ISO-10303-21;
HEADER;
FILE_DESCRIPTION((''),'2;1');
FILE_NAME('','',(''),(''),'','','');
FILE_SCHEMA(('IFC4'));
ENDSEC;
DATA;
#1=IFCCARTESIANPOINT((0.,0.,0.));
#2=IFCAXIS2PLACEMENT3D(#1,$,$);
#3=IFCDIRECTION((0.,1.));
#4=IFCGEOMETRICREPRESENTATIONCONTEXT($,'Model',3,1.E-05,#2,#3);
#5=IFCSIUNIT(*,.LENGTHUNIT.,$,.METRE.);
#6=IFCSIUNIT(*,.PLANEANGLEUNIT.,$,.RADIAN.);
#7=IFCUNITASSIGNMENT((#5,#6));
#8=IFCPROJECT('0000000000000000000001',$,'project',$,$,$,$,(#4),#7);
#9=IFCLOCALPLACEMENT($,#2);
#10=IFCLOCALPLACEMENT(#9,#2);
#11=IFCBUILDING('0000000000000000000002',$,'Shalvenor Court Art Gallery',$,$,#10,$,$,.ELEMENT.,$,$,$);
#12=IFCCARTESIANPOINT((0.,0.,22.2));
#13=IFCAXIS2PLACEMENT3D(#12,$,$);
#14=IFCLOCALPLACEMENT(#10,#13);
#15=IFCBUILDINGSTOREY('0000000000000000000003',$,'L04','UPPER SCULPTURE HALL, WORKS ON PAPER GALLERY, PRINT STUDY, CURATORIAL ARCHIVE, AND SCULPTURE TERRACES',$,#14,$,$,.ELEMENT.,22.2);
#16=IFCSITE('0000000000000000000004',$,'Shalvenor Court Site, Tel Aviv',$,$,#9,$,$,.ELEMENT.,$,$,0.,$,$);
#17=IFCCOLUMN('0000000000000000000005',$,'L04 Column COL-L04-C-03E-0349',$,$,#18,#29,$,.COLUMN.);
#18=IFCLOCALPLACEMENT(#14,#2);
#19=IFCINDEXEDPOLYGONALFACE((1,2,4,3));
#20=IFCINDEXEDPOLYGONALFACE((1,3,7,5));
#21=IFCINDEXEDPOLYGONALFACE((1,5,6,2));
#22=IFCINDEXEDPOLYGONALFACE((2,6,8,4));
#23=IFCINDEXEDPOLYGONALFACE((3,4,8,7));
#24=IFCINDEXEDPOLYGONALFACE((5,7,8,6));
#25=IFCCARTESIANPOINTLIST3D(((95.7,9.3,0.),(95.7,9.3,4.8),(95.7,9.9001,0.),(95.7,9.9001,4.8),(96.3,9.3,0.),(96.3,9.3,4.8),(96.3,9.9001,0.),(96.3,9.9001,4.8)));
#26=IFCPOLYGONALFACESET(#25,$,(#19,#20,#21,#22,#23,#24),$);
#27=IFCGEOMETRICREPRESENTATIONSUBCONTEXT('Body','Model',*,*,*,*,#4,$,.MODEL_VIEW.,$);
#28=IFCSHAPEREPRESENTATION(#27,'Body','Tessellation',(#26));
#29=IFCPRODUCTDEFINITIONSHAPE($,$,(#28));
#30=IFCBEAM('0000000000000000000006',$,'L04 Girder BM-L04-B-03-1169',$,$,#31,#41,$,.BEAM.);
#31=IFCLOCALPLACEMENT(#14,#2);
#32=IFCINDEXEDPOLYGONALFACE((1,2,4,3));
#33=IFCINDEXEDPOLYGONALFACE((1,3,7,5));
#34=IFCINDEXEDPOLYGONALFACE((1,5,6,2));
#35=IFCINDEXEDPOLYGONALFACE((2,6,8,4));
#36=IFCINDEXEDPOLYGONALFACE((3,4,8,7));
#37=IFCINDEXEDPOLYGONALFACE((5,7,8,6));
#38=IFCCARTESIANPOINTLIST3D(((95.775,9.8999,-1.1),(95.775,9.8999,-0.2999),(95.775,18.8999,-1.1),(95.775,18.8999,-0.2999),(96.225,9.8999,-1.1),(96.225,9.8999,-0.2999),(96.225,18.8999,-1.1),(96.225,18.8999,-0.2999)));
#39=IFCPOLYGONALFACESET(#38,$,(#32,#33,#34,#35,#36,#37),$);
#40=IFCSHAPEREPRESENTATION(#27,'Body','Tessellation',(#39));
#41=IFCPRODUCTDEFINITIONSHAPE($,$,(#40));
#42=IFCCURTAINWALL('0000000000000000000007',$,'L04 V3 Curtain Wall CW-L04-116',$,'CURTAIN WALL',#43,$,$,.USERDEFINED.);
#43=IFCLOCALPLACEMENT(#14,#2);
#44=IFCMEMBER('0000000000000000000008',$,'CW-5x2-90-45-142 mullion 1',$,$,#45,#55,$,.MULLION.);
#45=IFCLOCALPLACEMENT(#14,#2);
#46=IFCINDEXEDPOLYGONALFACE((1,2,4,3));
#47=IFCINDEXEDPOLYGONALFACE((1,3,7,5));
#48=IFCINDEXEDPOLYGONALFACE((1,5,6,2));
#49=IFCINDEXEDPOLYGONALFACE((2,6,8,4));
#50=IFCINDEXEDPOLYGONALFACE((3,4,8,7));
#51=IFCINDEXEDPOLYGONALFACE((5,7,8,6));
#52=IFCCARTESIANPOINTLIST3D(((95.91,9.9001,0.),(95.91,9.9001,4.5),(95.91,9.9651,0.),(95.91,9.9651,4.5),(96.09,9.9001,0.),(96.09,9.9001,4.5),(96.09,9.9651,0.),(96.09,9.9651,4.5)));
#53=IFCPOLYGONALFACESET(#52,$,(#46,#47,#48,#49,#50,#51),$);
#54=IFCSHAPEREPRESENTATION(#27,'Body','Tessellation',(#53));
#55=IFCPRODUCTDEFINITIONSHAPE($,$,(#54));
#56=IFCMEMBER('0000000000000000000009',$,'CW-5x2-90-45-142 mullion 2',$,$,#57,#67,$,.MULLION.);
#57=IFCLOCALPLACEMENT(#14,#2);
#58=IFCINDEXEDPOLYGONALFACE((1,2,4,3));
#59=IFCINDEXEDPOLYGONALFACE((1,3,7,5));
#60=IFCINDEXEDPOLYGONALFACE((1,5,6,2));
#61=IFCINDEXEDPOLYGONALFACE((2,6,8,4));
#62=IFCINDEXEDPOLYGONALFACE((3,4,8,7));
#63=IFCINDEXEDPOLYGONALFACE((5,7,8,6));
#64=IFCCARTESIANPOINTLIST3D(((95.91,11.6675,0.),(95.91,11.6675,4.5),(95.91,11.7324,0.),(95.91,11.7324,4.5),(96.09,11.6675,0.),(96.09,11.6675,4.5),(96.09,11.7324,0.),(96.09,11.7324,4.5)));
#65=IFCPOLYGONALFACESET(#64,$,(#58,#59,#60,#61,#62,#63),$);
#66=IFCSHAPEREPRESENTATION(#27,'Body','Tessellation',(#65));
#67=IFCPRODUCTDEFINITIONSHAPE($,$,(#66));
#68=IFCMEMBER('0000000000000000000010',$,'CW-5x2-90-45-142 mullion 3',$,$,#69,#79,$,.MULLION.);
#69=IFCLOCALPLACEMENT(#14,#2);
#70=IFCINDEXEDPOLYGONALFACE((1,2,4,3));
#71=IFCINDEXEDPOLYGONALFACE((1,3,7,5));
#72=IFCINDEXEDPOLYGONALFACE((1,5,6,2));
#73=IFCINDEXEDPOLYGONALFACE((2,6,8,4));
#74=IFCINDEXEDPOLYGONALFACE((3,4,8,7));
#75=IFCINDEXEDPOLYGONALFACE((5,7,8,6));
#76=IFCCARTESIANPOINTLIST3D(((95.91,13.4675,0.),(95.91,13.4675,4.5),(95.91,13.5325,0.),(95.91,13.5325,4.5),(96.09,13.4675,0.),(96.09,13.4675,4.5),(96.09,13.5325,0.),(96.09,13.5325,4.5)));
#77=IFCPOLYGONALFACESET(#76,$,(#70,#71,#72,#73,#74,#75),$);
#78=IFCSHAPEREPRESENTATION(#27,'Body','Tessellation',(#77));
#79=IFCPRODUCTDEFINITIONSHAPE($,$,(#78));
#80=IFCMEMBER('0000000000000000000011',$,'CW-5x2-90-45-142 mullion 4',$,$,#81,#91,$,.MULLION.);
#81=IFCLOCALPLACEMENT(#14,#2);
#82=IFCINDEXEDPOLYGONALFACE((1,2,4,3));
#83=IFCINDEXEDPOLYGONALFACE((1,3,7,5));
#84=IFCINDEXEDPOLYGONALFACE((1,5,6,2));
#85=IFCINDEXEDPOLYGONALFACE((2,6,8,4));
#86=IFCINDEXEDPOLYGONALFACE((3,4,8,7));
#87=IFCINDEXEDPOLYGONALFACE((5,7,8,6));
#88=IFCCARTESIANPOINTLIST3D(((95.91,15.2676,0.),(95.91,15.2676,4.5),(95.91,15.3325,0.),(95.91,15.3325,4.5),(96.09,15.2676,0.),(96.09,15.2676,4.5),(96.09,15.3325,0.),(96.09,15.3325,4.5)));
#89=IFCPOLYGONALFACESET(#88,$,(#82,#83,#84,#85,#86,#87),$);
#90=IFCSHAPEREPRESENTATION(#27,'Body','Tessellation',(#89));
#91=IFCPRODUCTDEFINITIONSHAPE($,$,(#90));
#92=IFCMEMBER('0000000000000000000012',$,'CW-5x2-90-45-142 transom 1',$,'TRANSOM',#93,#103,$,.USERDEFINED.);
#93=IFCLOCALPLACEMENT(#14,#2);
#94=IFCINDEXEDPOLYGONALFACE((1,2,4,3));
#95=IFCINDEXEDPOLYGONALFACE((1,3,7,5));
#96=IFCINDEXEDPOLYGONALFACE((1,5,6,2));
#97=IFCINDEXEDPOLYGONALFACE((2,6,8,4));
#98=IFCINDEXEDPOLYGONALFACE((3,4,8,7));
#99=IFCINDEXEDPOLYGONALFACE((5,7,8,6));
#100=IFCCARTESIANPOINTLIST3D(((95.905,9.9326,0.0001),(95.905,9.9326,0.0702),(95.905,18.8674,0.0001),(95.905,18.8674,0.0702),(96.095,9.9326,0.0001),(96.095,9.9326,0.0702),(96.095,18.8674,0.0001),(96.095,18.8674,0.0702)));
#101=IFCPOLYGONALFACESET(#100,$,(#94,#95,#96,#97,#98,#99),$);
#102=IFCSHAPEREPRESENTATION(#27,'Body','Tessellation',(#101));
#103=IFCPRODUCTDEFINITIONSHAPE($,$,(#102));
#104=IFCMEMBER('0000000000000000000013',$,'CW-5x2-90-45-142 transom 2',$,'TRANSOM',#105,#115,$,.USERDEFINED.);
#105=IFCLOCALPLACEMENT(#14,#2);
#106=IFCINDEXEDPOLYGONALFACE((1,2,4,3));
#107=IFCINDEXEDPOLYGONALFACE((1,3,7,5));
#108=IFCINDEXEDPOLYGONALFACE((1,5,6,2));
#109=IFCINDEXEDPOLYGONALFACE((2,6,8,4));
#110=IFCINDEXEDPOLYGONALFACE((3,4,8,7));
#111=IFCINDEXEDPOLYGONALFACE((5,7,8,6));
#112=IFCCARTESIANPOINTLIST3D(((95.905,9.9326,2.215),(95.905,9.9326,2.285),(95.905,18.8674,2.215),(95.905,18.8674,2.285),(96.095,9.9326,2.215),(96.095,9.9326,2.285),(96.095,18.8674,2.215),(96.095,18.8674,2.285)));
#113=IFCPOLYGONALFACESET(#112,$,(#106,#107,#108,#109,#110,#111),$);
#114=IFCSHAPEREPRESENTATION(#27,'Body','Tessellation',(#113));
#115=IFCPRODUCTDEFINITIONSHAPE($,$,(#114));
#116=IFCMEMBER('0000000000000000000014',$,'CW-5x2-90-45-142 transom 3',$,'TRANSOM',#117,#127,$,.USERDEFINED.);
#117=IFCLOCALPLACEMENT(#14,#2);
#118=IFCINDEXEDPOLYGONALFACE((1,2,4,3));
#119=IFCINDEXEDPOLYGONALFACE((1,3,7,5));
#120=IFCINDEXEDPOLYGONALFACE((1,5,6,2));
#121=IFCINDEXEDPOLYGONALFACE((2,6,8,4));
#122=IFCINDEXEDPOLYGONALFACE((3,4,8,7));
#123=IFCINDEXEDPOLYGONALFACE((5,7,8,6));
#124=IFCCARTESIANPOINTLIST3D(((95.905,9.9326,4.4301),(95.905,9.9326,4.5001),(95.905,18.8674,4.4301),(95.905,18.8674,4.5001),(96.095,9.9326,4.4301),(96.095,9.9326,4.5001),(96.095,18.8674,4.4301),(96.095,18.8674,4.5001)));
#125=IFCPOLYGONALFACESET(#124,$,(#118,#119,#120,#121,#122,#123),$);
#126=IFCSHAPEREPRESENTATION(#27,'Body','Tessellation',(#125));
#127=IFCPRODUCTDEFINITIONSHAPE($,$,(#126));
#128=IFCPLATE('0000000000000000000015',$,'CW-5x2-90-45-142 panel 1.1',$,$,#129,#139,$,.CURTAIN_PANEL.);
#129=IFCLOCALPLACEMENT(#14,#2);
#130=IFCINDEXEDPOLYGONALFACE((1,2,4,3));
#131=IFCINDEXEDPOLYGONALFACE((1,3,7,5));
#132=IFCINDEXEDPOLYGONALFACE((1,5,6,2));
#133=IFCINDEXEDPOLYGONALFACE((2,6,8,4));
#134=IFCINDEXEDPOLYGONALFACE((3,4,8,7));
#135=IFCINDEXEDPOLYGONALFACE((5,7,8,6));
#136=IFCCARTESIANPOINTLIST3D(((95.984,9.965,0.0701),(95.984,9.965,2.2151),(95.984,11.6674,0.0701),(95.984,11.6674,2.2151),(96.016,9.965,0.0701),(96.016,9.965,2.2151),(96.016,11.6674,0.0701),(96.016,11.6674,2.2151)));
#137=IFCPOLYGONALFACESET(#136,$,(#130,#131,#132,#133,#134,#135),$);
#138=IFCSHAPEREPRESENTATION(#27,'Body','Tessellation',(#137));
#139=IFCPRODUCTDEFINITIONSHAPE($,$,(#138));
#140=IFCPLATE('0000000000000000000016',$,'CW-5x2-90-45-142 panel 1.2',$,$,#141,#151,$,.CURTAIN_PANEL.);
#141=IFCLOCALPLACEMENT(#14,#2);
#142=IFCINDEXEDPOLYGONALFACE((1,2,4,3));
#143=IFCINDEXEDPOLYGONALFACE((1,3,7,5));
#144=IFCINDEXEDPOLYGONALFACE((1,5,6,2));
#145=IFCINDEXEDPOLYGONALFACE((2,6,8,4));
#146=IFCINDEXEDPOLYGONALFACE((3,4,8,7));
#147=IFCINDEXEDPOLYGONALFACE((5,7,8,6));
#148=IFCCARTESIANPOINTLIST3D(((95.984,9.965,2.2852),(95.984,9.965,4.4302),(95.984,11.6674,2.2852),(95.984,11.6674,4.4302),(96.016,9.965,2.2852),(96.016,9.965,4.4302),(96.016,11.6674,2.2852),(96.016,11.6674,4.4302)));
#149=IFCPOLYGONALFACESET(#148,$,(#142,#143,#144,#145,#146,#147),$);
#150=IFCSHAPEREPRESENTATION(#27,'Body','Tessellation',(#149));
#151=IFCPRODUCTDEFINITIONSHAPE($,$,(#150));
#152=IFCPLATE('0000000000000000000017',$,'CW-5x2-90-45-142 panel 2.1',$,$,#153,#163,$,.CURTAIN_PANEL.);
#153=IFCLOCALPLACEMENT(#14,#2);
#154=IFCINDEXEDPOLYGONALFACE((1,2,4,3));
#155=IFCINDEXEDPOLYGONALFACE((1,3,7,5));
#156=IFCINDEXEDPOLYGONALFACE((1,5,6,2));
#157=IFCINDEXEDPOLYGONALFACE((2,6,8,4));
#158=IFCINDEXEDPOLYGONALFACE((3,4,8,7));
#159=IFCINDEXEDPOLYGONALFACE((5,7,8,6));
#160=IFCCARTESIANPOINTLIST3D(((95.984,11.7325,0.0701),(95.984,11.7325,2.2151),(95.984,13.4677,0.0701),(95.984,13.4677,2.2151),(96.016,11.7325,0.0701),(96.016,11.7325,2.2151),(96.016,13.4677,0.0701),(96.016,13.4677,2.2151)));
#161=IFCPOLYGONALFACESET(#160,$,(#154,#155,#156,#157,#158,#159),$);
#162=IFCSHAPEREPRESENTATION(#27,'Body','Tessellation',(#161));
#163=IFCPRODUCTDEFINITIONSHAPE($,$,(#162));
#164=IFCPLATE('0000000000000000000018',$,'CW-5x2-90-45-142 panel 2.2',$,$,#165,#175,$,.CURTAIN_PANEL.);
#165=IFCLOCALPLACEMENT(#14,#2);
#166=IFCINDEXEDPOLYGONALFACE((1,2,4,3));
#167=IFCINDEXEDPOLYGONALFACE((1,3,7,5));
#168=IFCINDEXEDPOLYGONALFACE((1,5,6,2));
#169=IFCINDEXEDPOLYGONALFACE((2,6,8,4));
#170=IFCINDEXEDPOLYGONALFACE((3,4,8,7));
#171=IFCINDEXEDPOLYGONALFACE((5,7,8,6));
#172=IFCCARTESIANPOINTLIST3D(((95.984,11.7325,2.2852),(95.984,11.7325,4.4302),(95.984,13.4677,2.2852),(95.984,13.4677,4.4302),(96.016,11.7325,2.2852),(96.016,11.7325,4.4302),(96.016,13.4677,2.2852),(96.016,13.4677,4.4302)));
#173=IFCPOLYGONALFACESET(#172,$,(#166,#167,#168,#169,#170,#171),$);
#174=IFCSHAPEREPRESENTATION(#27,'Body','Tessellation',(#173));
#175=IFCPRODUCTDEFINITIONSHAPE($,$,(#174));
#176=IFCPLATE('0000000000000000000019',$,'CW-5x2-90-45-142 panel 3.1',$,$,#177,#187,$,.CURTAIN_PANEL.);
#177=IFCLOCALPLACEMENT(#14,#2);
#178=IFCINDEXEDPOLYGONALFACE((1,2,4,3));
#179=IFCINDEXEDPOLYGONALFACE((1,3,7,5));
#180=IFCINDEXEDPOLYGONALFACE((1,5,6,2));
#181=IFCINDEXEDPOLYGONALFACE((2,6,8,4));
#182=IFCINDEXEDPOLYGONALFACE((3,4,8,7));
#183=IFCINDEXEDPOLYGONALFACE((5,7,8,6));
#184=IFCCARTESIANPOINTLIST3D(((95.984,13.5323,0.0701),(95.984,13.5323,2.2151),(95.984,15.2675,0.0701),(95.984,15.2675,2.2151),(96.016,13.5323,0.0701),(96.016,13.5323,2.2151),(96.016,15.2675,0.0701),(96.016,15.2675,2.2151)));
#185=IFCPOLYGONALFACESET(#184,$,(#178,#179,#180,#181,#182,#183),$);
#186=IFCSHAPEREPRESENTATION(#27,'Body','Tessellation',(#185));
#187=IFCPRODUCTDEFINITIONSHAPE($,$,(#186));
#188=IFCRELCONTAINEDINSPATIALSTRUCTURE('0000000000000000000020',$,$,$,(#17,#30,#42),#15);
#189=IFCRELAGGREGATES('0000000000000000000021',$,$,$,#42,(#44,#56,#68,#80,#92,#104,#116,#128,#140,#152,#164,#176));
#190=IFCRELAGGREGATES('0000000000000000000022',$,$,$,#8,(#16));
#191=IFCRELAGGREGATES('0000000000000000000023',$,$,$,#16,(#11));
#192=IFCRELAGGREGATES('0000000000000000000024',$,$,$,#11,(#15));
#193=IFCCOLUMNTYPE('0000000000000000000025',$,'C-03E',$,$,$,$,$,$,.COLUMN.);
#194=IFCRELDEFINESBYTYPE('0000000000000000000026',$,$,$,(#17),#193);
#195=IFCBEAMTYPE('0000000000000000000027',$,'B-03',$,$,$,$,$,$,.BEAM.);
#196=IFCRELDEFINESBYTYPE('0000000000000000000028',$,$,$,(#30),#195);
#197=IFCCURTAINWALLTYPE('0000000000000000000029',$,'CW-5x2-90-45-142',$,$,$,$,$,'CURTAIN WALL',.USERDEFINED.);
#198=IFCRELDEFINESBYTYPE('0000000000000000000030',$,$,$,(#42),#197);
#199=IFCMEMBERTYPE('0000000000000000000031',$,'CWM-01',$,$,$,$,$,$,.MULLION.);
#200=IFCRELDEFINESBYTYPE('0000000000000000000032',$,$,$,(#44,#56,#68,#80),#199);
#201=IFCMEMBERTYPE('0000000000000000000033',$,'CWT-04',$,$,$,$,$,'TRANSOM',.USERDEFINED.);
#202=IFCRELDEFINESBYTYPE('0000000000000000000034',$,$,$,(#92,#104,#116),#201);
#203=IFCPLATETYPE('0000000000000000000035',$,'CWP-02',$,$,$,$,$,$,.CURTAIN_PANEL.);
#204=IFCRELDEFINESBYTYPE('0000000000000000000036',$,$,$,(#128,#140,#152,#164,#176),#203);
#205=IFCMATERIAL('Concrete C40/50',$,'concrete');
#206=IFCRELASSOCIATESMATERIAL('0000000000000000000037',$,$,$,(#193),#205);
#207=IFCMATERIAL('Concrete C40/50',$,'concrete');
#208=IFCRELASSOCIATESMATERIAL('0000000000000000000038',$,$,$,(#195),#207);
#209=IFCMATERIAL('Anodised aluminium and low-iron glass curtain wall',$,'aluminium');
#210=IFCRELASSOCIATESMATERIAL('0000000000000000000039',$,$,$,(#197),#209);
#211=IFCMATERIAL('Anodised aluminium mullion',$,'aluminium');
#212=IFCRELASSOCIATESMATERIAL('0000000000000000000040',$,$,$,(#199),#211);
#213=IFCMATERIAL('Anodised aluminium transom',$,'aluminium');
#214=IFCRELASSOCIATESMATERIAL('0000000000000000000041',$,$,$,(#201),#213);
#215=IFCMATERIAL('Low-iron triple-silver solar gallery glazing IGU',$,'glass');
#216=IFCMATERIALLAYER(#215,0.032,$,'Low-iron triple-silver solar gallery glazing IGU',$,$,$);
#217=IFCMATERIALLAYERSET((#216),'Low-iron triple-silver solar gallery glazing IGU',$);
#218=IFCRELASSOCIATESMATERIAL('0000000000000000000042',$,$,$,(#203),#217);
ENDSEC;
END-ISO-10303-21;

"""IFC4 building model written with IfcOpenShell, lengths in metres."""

from ifc_helpers import new_model, si_unit, direction, frame, origin, origin_2d, place, context, subcontext, project, spatial, rectangle, extrude, material, layer, layer_set, material_profile, profile_set, type_object, element, aggregate, save


model = new_model("IFC4")

# Units and contexts
model_context = context("Model", 3, precision=1e-05, world=origin(), true_north=direction((0.0, 1.0)))
body_context = subcontext(model_context, "Body", "Model", "MODEL_VIEW")
ifc_project = project(units=[si_unit("LENGTHUNIT", "METRE"), si_unit("PLANEANGLEUNIT", "RADIAN")], contexts=[model_context])

# Site, building, storey
site_placement = place(None, origin())
site = spatial("IfcSite", under=ifc_project, at=site_placement, Name="Shalvenor Court Site, Tel Aviv", CompositionType="ELEMENT", RefElevation=0.0)
building_placement = place(site_placement, origin())
building = spatial("IfcBuilding", under=site, at=building_placement, Name="Shalvenor Court Art Gallery", CompositionType="ELEMENT")
storey_placement = place(building_placement, frame((0.0, 0.0, 22.2)))
storey = spatial("IfcBuildingStorey", under=building, at=storey_placement, Name="L04", Description="UPPER SCULPTURE HALL, WORKS ON PAPER GALLERY, PRINT STUDY, CURATORIAL ARCHIVE, AND SCULPTURE TERRACES", CompositionType="ELEMENT", Elevation=22.2)

# Column
ifc_material_1 = material(Name="Concrete C40/50", Category="concrete")
ifc_material_profile_1 = material_profile(ifc_material_1, rectangle(XDim=0.6001, YDim=0.6001, at=origin_2d()), Name="RC 600x600")
ifc_profile_set_1 = profile_set([ifc_material_profile_1], Name="Concrete C40/50")
column_type = type_object("IfcColumnType", Name="C-03E", PredefinedType="COLUMN", material=ifc_profile_set_1)
column_placement = place(storey_placement, frame((96.0, 9.6001, 0.0), z_axis=(0.0, 0.0, 1.0), x_axis=(1.0, 0.0, 0.0)))
element("IfcColumn", 1, at=column_placement, inside=storey, type_object=column_type, Name="L04 Column COL-L04-C-03E-0349", PredefinedType="COLUMN", context=body_context, shape_type="SweptSolid", body=[
    extrude(rectangle(XDim=0.6001, YDim=0.6001, at=origin_2d()), origin(), (0.0, 0.0, 1.0), 4.8),
])

# Beam
ifc_material_2 = material(Name="Concrete C40/50", Category="concrete")
ifc_material_profile_2 = material_profile(ifc_material_2, rectangle(XDim=0.45, YDim=0.8, at=origin_2d()), Name="RC 450x800")
ifc_profile_set_2 = profile_set([ifc_material_profile_2], Name="Concrete C40/50")
beam_type = type_object("IfcBeamType", Name="B-03", PredefinedType="BEAM", material=ifc_profile_set_2)
beam_placement = place(storey_placement, frame((96.0, 9.8999, -0.7), z_axis=(0.0, 1.0, 0.0), x_axis=(-1.0, 0.0, 0.0)))
element("IfcBeam", 2, at=beam_placement, inside=storey, type_object=beam_type, Name="L04 Girder BM-L04-B-03-1169", PredefinedType="BEAM", context=body_context, shape_type="SweptSolid", body=[
    extrude(rectangle(XDim=0.45, YDim=0.8, at=origin_2d()), origin(), (0.0, 0.0, 1.0), 9.0),
])

# Curtain wall, members, plates
ifc_material_3 = material(Name="Anodised aluminium and low-iron glass curtain wall", Category="aluminium")
curtain_wall_type = type_object("IfcCurtainWallType", Name="CW-5x2-90-45-142", ElementType="CURTAIN WALL", PredefinedType="USERDEFINED", material=ifc_material_3)
curtain_wall_placement = place(storey_placement, origin())
curtain_wall = element("IfcCurtainWall", 3, at=curtain_wall_placement, inside=storey, type_object=curtain_wall_type, Name="L04 V3 Curtain Wall CW-L04-116", ObjectType="CURTAIN WALL", PredefinedType="USERDEFINED")
ifc_material_4 = material(Name="Anodised aluminium mullion", Category="aluminium")
ifc_material_profile_3 = material_profile(ifc_material_4, rectangle(XDim=0.0649, YDim=0.1799, at=origin_2d()), Name="CWM-01")
ifc_profile_set_3 = profile_set([ifc_material_profile_3], Name="Anodised aluminium mullion")
member_type_1 = type_object("IfcMemberType", Name="CWM-01", PredefinedType="MULLION", material=ifc_profile_set_3)
member_1_placement = place(storey_placement, frame((96.0, 9.9326, 0.0), z_axis=(0.0, 0.0, 1.0), x_axis=(0.0, 1.0, 0.0)))
member_1 = element("IfcMember", 4, at=member_1_placement, type_object=member_type_1, Name="CW-5x2-90-45-142 mullion 1", PredefinedType="MULLION", context=body_context, shape_type="SweptSolid", body=[
    extrude(rectangle(XDim=0.0649, YDim=0.1799, at=origin_2d()), origin(), (0.0, 0.0, 1.0), 4.5),
])
member_2_placement = place(storey_placement, frame((96.0, 11.7, 0.0), z_axis=(0.0, 0.0, 1.0), x_axis=(0.0, 1.0, 0.0)))
member_2 = element("IfcMember", 5, at=member_2_placement, type_object=member_type_1, Name="CW-5x2-90-45-142 mullion 2", PredefinedType="MULLION", context=body_context, shape_type="SweptSolid", body=[
    extrude(rectangle(XDim=0.0649, YDim=0.1799, at=origin_2d()), origin(), (0.0, 0.0, 1.0), 4.5),
])
member_3_placement = place(storey_placement, frame((96.0, 13.5, 0.0), z_axis=(0.0, 0.0, 1.0), x_axis=(0.0, 1.0, 0.0)))
member_3 = element("IfcMember", 6, at=member_3_placement, type_object=member_type_1, Name="CW-5x2-90-45-142 mullion 3", PredefinedType="MULLION", context=body_context, shape_type="SweptSolid", body=[
    extrude(rectangle(XDim=0.0649, YDim=0.1799, at=origin_2d()), origin(), (0.0, 0.0, 1.0), 4.5),
])
member_4_placement = place(storey_placement, frame((96.0, 15.3, 0.0), z_axis=(0.0, 0.0, 1.0), x_axis=(0.0, 1.0, 0.0)))
member_4 = element("IfcMember", 7, at=member_4_placement, type_object=member_type_1, Name="CW-5x2-90-45-142 mullion 4", PredefinedType="MULLION", context=body_context, shape_type="SweptSolid", body=[
    extrude(rectangle(XDim=0.0649, YDim=0.1799, at=origin_2d()), origin(), (0.0, 0.0, 1.0), 4.5),
])
ifc_material_5 = material(Name="Anodised aluminium transom", Category="aluminium")
ifc_material_profile_4 = material_profile(ifc_material_5, rectangle(XDim=0.1899, YDim=0.0701, at=origin_2d()), Name="CWT-04")
ifc_profile_set_4 = profile_set([ifc_material_profile_4], Name="Anodised aluminium transom")
member_type_2 = type_object("IfcMemberType", Name="CWT-04", ElementType="TRANSOM", PredefinedType="USERDEFINED", material=ifc_profile_set_4)
member_5_placement = place(storey_placement, frame((96.0, 9.9326, 0.0352), z_axis=(0.0, 1.0, 0.0), x_axis=(-1.0, 0.0, 0.0)))
member_5 = element("IfcMember", 8, at=member_5_placement, type_object=member_type_2, Name="CW-5x2-90-45-142 transom 1", ObjectType="TRANSOM", PredefinedType="USERDEFINED", context=body_context, shape_type="SweptSolid", body=[
    extrude(rectangle(XDim=0.1899, YDim=0.0701, at=origin_2d()), origin(), (0.0, 0.0, 1.0), 8.9348),
])
member_6_placement = place(storey_placement, frame((96.0, 9.9326, 2.25), z_axis=(0.0, 1.0, 0.0), x_axis=(-1.0, 0.0, 0.0)))
member_6 = element("IfcMember", 9, at=member_6_placement, type_object=member_type_2, Name="CW-5x2-90-45-142 transom 2", ObjectType="TRANSOM", PredefinedType="USERDEFINED", context=body_context, shape_type="SweptSolid", body=[
    extrude(rectangle(XDim=0.1899, YDim=0.0701, at=origin_2d()), origin(), (0.0, 0.0, 1.0), 8.9348),
])
member_7_placement = place(storey_placement, frame((96.0, 9.9326, 4.4651), z_axis=(0.0, 1.0, 0.0), x_axis=(-1.0, 0.0, 0.0)))
member_7 = element("IfcMember", 10, at=member_7_placement, type_object=member_type_2, Name="CW-5x2-90-45-142 transom 3", ObjectType="TRANSOM", PredefinedType="USERDEFINED", context=body_context, shape_type="SweptSolid", body=[
    extrude(rectangle(XDim=0.1899, YDim=0.0701, at=origin_2d()), origin(), (0.0, 0.0, 1.0), 8.9348),
])
ifc_material_6 = material(Name="Low-iron triple-silver solar gallery glazing IGU", Category="glass")
ifc_layer = layer(ifc_material_6, 0.032, Name="Low-iron triple-silver solar gallery glazing IGU")
ifc_layer_set = layer_set([ifc_layer], Name="Low-iron triple-silver solar gallery glazing IGU")
plate_type = type_object("IfcPlateType", Name="CWP-02", PredefinedType="CURTAIN_PANEL", material=ifc_layer_set)
plate_1_placement = place(storey_placement, frame((96.0, 10.8162, 0.0701), z_axis=(0.0, 0.0, 1.0), x_axis=(0.0, 1.0, 0.0)))
plate_1 = element("IfcPlate", 11, at=plate_1_placement, type_object=plate_type, Name="CW-5x2-90-45-142 panel 1.1", PredefinedType="CURTAIN_PANEL", context=body_context, shape_type="SweptSolid", body=[
    extrude(rectangle(XDim=1.7024, YDim=0.032, at=origin_2d()), origin(), (0.0, 0.0, 1.0), 2.145),
])
plate_2_placement = place(storey_placement, frame((96.0, 10.8162, 2.2852), z_axis=(0.0, 0.0, 1.0), x_axis=(0.0, 1.0, 0.0)))
plate_2 = element("IfcPlate", 12, at=plate_2_placement, type_object=plate_type, Name="CW-5x2-90-45-142 panel 1.2", PredefinedType="CURTAIN_PANEL", context=body_context, shape_type="SweptSolid", body=[
    extrude(rectangle(XDim=1.7024, YDim=0.032, at=origin_2d()), origin(), (0.0, 0.0, 1.0), 2.145),
])
plate_3_placement = place(storey_placement, frame((96.0, 12.6001, 0.0701), z_axis=(0.0, 0.0, 1.0), x_axis=(0.0, 1.0, 0.0)))
plate_3 = element("IfcPlate", 13, at=plate_3_placement, type_object=plate_type, Name="CW-5x2-90-45-142 panel 2.1", PredefinedType="CURTAIN_PANEL", context=body_context, shape_type="SweptSolid", body=[
    extrude(rectangle(XDim=1.7351, YDim=0.032, at=origin_2d()), origin(), (0.0, 0.0, 1.0), 2.145),
])
plate_4_placement = place(storey_placement, frame((96.0, 12.6001, 2.2852), z_axis=(0.0, 0.0, 1.0), x_axis=(0.0, 1.0, 0.0)))
plate_4 = element("IfcPlate", 14, at=plate_4_placement, type_object=plate_type, Name="CW-5x2-90-45-142 panel 2.2", PredefinedType="CURTAIN_PANEL", context=body_context, shape_type="SweptSolid", body=[
    extrude(rectangle(XDim=1.7351, YDim=0.032, at=origin_2d()), origin(), (0.0, 0.0, 1.0), 2.145),
])
plate_5_placement = place(storey_placement, frame((96.0, 14.3999, 0.0701), z_axis=(0.0, 0.0, 1.0), x_axis=(0.0, 1.0, 0.0)))
plate_5 = element("IfcPlate", 15, at=plate_5_placement, type_object=plate_type, Name="CW-5x2-90-45-142 panel 3.1", PredefinedType="CURTAIN_PANEL", context=body_context, shape_type="SweptSolid", body=[
    extrude(rectangle(XDim=1.7351, YDim=0.032, at=origin_2d()), origin(), (0.0, 0.0, 1.0), 2.145),
])
aggregate(curtain_wall, [member_1, member_2, member_3, member_4, member_5, member_6, member_7, plate_1, plate_2, plate_3, plate_4, plate_5])

save(model, "model.ifc")
